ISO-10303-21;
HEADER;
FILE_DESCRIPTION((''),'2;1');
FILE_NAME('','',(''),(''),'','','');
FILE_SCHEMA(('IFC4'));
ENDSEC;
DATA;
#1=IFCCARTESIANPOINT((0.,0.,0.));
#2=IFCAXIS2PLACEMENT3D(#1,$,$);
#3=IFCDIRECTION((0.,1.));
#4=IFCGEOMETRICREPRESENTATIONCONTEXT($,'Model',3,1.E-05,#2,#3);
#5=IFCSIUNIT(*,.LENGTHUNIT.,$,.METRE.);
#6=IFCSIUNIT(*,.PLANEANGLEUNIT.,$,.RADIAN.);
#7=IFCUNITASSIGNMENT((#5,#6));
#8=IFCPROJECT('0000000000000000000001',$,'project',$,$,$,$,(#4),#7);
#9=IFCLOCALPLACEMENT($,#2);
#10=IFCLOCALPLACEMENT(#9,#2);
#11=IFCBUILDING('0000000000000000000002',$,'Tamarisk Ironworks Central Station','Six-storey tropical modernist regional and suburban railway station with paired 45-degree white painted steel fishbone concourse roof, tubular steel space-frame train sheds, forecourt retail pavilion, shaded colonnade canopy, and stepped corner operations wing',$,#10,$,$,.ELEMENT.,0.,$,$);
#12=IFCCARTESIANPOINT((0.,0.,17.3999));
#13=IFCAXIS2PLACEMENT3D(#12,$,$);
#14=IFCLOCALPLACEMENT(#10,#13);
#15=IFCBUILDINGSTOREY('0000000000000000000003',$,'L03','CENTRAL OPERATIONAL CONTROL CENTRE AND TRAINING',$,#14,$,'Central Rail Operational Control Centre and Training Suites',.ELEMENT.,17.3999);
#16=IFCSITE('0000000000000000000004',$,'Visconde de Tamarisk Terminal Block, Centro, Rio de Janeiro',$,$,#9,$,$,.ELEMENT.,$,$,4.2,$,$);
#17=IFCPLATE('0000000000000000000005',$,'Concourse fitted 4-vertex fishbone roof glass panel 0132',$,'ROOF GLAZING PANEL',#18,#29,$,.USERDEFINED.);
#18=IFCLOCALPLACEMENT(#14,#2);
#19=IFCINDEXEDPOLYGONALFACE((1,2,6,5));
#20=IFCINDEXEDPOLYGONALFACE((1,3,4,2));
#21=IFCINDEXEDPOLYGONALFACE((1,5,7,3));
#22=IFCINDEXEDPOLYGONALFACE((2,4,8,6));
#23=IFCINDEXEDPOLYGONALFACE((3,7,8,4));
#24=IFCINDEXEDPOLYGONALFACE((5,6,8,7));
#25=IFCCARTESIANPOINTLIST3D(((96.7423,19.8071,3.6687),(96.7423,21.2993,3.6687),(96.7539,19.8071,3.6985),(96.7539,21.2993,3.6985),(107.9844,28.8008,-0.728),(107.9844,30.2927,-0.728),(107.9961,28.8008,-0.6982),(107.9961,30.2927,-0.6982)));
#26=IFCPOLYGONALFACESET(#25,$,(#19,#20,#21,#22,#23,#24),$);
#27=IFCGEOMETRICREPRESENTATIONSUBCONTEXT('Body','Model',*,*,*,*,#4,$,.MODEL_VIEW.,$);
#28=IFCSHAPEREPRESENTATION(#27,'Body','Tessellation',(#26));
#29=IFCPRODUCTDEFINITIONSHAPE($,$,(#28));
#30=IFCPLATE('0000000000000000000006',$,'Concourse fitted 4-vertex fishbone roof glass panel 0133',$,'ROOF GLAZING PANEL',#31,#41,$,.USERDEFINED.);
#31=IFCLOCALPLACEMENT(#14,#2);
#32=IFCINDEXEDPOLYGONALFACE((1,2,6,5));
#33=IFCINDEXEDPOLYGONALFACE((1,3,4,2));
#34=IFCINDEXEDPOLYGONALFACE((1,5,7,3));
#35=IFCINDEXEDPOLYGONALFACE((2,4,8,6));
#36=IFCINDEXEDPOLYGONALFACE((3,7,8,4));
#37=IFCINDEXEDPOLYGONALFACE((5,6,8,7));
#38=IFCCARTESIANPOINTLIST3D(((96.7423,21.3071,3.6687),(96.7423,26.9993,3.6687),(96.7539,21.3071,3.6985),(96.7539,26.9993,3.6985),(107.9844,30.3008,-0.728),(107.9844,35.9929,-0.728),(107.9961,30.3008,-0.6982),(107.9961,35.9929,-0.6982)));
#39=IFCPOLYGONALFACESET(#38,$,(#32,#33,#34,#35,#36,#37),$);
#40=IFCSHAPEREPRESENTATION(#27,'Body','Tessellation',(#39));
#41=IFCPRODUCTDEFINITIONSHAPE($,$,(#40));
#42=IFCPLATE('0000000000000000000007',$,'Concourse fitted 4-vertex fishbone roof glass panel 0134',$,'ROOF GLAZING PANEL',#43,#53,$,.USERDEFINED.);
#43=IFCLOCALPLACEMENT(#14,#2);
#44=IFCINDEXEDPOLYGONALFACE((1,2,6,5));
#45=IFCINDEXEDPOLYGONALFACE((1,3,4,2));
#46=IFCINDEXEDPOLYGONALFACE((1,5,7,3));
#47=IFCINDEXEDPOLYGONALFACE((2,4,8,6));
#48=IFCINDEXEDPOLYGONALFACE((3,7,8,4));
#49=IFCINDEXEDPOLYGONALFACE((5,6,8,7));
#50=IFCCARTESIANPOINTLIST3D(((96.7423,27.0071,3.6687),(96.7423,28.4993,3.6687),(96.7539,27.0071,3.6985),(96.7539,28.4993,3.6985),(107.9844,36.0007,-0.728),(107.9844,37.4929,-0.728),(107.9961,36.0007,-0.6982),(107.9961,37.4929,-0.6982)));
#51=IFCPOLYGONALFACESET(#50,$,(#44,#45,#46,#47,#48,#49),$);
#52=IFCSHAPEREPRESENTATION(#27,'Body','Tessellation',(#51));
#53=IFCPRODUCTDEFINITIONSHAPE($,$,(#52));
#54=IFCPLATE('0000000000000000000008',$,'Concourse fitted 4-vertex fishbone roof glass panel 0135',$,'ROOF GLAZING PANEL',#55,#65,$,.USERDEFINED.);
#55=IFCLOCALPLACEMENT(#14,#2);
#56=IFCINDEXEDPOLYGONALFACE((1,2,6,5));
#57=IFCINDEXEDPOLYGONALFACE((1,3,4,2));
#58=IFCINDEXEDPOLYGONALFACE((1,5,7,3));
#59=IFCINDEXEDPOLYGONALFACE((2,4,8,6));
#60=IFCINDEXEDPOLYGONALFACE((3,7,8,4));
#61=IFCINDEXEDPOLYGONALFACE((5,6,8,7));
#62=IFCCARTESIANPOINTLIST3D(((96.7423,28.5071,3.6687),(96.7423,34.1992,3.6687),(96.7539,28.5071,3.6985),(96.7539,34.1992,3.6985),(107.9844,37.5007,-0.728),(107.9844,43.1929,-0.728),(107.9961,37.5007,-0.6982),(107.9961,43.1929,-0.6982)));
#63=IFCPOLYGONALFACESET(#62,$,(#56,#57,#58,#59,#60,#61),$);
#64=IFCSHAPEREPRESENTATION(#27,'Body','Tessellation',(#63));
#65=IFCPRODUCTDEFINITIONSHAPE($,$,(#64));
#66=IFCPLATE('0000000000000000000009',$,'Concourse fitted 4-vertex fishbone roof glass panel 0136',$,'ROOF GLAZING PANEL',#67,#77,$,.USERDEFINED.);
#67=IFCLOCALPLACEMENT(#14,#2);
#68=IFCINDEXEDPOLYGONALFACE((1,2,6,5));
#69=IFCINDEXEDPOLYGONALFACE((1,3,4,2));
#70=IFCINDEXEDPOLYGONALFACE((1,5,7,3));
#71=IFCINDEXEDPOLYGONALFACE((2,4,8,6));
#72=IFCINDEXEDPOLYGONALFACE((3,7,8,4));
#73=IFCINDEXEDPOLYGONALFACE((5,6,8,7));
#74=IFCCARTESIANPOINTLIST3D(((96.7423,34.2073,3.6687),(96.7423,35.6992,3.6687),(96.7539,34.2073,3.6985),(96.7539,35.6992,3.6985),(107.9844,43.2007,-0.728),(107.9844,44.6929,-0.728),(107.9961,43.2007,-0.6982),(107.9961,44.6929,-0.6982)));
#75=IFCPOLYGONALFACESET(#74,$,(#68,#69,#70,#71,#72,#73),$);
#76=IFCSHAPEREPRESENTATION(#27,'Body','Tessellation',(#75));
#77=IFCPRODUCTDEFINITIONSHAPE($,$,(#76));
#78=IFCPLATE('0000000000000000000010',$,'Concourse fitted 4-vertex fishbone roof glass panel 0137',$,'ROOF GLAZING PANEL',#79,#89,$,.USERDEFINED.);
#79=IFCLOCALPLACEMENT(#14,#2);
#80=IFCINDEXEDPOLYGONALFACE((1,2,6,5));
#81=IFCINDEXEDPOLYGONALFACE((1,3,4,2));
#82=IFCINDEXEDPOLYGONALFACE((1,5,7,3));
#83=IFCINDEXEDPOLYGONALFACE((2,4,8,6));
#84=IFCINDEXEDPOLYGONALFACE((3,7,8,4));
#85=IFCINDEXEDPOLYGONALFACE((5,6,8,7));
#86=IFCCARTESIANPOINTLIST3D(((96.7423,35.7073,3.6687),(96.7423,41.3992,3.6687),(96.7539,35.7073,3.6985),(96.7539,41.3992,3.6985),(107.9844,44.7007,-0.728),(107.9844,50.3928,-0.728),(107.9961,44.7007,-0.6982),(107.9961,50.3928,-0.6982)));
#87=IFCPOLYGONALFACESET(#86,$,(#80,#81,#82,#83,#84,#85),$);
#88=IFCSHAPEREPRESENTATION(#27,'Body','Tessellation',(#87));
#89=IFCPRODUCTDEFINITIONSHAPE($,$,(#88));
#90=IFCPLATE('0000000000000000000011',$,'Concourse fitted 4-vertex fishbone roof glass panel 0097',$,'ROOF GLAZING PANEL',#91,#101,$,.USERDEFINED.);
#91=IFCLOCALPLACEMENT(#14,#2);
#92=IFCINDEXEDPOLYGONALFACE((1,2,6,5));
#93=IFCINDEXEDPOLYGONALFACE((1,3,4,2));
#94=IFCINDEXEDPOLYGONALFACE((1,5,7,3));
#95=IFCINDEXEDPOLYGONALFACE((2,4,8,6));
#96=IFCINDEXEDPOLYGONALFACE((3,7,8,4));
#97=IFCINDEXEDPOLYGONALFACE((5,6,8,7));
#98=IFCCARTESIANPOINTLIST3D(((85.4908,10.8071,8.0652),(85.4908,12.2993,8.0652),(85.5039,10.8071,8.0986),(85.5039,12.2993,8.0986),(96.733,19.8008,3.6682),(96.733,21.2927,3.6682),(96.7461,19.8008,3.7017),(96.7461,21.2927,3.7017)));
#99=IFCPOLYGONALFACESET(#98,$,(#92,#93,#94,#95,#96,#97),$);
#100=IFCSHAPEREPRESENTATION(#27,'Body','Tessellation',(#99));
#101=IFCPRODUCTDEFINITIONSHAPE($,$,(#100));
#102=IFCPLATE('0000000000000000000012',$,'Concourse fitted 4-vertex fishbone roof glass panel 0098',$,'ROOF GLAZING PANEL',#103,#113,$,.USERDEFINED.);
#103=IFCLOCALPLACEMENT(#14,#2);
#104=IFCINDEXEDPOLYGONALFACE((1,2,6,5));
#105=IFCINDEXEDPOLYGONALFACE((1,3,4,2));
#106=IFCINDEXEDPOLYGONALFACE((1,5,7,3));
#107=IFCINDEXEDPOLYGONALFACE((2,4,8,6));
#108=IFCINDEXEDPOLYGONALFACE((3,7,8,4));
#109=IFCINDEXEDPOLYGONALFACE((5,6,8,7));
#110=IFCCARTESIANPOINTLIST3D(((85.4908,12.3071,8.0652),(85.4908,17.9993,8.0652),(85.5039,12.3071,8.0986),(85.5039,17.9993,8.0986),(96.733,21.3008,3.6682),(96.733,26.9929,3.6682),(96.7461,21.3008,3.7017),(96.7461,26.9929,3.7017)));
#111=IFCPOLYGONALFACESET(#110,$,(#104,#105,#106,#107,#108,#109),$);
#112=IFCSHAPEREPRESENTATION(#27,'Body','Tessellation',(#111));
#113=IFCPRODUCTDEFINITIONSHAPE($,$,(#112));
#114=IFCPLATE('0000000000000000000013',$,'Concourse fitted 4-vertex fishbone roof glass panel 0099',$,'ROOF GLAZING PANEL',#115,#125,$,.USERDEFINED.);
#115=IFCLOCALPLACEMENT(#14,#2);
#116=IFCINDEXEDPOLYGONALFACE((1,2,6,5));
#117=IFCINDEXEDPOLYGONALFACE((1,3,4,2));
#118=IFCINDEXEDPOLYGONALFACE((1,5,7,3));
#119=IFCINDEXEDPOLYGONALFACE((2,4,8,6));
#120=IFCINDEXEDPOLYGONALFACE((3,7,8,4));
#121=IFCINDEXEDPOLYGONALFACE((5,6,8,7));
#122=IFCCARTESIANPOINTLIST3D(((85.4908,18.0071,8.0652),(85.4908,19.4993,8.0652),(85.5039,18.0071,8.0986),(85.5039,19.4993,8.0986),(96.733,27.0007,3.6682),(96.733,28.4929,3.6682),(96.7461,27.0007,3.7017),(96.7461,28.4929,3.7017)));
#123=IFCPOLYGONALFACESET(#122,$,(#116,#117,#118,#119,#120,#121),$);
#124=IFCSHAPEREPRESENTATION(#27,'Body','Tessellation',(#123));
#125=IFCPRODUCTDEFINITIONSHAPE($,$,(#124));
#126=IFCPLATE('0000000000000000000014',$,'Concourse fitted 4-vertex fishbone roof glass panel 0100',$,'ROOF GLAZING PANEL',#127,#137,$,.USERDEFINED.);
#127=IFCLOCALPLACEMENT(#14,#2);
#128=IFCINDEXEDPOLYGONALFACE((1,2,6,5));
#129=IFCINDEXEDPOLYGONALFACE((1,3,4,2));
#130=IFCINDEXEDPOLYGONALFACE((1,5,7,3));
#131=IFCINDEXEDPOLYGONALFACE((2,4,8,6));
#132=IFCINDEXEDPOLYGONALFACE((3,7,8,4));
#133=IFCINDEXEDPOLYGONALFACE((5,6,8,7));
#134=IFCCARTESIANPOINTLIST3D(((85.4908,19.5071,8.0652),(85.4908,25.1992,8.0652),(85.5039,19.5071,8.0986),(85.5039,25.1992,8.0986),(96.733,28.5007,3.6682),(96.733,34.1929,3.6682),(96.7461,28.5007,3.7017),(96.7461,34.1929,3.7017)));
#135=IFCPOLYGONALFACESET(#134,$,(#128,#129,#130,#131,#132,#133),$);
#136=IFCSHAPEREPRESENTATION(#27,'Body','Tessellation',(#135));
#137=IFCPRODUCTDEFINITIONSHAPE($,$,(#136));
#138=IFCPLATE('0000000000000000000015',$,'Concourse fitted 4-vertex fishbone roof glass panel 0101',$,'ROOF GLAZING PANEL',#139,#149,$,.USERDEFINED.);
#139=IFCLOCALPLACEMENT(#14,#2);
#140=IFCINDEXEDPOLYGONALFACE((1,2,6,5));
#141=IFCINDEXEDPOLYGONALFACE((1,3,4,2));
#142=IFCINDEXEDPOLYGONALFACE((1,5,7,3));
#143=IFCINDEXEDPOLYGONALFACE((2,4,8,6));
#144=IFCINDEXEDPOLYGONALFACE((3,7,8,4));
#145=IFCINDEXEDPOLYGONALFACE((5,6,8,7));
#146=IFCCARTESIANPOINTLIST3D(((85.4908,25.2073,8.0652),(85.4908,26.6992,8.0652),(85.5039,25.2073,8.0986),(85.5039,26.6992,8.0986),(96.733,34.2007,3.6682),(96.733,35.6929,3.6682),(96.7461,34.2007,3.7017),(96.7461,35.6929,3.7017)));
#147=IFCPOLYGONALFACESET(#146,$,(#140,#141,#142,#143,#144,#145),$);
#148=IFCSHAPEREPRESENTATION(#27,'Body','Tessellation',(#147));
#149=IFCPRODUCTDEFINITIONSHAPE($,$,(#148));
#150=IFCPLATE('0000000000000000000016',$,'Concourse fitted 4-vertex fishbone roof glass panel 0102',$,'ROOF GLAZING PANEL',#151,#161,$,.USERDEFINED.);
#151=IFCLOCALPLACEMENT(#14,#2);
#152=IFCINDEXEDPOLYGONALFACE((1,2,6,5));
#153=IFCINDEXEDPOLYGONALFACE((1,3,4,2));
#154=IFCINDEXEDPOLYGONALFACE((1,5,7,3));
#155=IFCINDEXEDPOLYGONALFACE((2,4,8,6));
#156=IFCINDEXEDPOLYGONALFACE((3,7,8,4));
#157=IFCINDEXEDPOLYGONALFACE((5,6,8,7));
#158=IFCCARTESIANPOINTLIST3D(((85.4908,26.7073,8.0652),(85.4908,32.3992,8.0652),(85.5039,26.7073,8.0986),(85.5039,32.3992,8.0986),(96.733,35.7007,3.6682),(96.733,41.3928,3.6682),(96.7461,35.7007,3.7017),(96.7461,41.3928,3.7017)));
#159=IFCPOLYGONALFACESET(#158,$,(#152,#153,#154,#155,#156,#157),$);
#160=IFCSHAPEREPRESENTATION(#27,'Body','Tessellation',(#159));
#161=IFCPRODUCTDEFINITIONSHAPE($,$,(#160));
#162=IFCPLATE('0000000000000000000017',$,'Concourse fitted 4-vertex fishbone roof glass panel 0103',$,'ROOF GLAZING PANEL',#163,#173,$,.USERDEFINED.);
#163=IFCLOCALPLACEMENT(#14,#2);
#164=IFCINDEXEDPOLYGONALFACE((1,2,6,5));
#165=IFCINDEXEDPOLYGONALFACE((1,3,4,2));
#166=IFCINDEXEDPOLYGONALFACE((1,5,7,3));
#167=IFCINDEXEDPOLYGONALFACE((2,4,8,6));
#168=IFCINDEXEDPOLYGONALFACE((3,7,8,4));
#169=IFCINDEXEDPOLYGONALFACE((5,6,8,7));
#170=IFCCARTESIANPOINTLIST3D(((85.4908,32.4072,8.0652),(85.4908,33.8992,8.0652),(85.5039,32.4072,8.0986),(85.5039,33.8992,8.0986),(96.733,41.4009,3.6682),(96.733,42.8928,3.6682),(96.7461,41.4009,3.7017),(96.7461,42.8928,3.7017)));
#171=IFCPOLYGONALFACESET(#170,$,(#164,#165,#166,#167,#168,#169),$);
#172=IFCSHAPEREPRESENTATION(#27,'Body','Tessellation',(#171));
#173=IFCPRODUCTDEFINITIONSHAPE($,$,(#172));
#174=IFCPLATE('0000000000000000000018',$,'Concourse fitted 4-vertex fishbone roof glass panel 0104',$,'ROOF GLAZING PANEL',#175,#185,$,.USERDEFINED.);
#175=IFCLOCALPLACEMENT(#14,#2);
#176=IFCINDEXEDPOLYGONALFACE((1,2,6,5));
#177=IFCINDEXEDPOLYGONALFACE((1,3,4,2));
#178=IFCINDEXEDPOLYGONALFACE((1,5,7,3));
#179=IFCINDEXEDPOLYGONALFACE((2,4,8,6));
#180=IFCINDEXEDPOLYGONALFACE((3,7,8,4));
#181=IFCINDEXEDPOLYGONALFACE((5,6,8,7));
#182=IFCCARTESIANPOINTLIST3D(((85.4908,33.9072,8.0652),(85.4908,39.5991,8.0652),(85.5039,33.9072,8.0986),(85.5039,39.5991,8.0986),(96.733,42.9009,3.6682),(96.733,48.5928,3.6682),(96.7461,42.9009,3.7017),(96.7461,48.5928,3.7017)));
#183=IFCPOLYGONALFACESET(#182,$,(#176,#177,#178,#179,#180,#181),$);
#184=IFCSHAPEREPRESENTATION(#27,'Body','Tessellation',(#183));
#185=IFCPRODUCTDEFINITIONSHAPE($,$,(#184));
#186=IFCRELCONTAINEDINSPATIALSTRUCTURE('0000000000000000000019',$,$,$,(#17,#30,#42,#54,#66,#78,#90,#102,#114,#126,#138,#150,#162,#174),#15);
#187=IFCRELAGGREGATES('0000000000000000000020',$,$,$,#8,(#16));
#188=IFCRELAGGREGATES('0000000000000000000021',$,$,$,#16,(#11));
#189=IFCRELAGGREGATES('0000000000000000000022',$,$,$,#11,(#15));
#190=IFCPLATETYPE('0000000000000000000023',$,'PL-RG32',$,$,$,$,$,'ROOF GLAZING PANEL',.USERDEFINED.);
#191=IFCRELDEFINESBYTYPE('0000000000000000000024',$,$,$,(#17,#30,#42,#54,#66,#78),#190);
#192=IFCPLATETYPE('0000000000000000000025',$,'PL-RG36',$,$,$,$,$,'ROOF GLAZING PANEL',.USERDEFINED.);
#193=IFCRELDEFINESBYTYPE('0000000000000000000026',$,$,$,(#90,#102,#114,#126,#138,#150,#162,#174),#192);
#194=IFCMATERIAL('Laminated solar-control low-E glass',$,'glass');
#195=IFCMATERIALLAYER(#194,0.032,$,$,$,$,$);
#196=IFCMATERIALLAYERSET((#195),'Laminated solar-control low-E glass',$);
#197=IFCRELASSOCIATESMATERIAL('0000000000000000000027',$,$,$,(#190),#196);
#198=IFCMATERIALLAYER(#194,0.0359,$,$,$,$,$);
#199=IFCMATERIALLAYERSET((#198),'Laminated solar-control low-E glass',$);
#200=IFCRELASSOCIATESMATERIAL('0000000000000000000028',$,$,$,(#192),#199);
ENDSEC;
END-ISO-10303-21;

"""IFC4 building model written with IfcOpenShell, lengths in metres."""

from ifc_helpers import new_model, si_unit, direction, frame, origin, place, context, subcontext, project, spatial, polyline, outline, extrude, material, layer, layer_set, type_object, element, save


model = new_model("IFC4")

# Units and contexts
model_context = context("Model", 3, precision=1e-05, world=origin(), true_north=direction((0.0, 1.0)))
body_context = subcontext(model_context, "Body", "Model", "MODEL_VIEW")
ifc_project = project(units=[si_unit("LENGTHUNIT", "METRE"), si_unit("PLANEANGLEUNIT", "RADIAN")], contexts=[model_context])

# Site, building, storey
site_placement = place(None, origin())
site = spatial("IfcSite", under=ifc_project, at=site_placement, Name="Visconde de Tamarisk Terminal Block, Centro, Rio de Janeiro", CompositionType="ELEMENT", RefElevation=4.2)
building_placement = place(site_placement, origin())
building = spatial("IfcBuilding", under=site, at=building_placement, Name="Tamarisk Ironworks Central Station", Description="Six-storey tropical modernist regional and suburban railway station with paired 45-degree white painted steel fishbone concourse roof, tubular steel space-frame train sheds, forecourt retail pavilion, shaded colonnade canopy, and stepped corner operations wing", CompositionType="ELEMENT", ElevationOfRefHeight=0.0)
storey_placement = place(building_placement, frame((0.0, 0.0, 17.3999)))
storey = spatial("IfcBuildingStorey", under=building, at=storey_placement, Name="L03", Description="CENTRAL OPERATIONAL CONTROL CENTRE AND TRAINING", LongName="Central Rail Operational Control Centre and Training Suites", CompositionType="ELEMENT", Elevation=17.3999)

# Plates
ifc_material_1 = material(Name="Laminated solar-control low-E glass", Category="glass")
ifc_layer_1 = layer(ifc_material_1, 0.032)
ifc_layer_set_1 = layer_set([ifc_layer_1], Name="Laminated solar-control low-E glass")
plate_type_1 = type_object("IfcPlateType", Name="PL-RG32", ElementType="ROOF GLAZING PANEL", PredefinedType="USERDEFINED", material=ifc_layer_set_1)
plate_1_placement = place(storey_placement, frame((107.9961, 28.8008, -0.6982), z_axis=(0.364228, 0.0, 0.93131), x_axis=(0.0, 1.0, 0.0)))
element("IfcPlate", 1, at=plate_1_placement, inside=storey, type_object=plate_type_1, Name="Concourse fitted 4-vertex fishbone roof glass panel 0132", ObjectType="ROOF GLAZING PANEL", PredefinedType="USERDEFINED", context=body_context, shape_type="SweptSolid", body=[
    extrude(outline(polyline([(0.0, 0.0), (1.4919, 0.0), (-7.5015, 12.0714), (-8.9937, 12.0714), (0.0, 0.0)])), origin(), (0.0, 0.0, -1.0), 0.032),
])
plate_2_placement = place(storey_placement, frame((107.9961, 30.3008, -0.6982), z_axis=(0.364228, 0.0, 0.93131), x_axis=(0.0, 1.0, 0.0)))
element("IfcPlate", 2, at=plate_2_placement, inside=storey, type_object=plate_type_1, Name="Concourse fitted 4-vertex fishbone roof glass panel 0133", ObjectType="ROOF GLAZING PANEL", PredefinedType="USERDEFINED", context=body_context, shape_type="SweptSolid", body=[
    extrude(outline(polyline([(0.0, 0.0), (5.6921, 0.0), (-3.3015, 12.0714), (-8.9937, 12.0714), (0.0, 0.0)])), origin(), (0.0, 0.0, -1.0), 0.032),
])
plate_3_placement = place(storey_placement, frame((107.9961, 36.0007, -0.6982), z_axis=(0.364228, 0.0, 0.93131), x_axis=(0.0, 1.0, 0.0)))
element("IfcPlate", 3, at=plate_3_placement, inside=storey, type_object=plate_type_1, Name="Concourse fitted 4-vertex fishbone roof glass panel 0134", ObjectType="ROOF GLAZING PANEL", PredefinedType="USERDEFINED", context=body_context, shape_type="SweptSolid", body=[
    extrude(outline(polyline([(0.0, 0.0), (1.4922, 0.0), (-7.5015, 12.0714), (-8.9937, 12.0714), (0.0, 0.0)])), origin(), (0.0, 0.0, -1.0), 0.032),
])
plate_4_placement = place(storey_placement, frame((107.9961, 37.5007, -0.6982), z_axis=(0.364228, 0.0, 0.93131), x_axis=(0.0, 1.0, 0.0)))
element("IfcPlate", 4, at=plate_4_placement, inside=storey, type_object=plate_type_1, Name="Concourse fitted 4-vertex fishbone roof glass panel 0135", ObjectType="ROOF GLAZING PANEL", PredefinedType="USERDEFINED", context=body_context, shape_type="SweptSolid", body=[
    extrude(outline(polyline([(0.0, 0.0), (5.6921, 0.0), (-3.3015, 12.0714), (-8.9937, 12.0714), (0.0, 0.0)])), origin(), (0.0, 0.0, -1.0), 0.032),
])
plate_5_placement = place(storey_placement, frame((107.9961, 43.2007, -0.6982), z_axis=(0.364228, 0.0, 0.93131), x_axis=(0.0, 1.0, 0.0)))
element("IfcPlate", 5, at=plate_5_placement, inside=storey, type_object=plate_type_1, Name="Concourse fitted 4-vertex fishbone roof glass panel 0136", ObjectType="ROOF GLAZING PANEL", PredefinedType="USERDEFINED", context=body_context, shape_type="SweptSolid", body=[
    extrude(outline(polyline([(0.0, 0.0), (1.4922, 0.0), (-7.5015, 12.0714), (-8.9934, 12.0714), (0.0, 0.0)])), origin(), (0.0, 0.0, -1.0), 0.032),
])
plate_6_placement = place(storey_placement, frame((107.9961, 44.7007, -0.6982), z_axis=(0.364228, 0.0, 0.93131), x_axis=(0.0, 1.0, 0.0)))
element("IfcPlate", 6, at=plate_6_placement, inside=storey, type_object=plate_type_1, Name="Concourse fitted 4-vertex fishbone roof glass panel 0137", ObjectType="ROOF GLAZING PANEL", PredefinedType="USERDEFINED", context=body_context, shape_type="SweptSolid", body=[
    extrude(outline(polyline([(0.0, 0.0), (5.6921, 0.0), (-3.3015, 12.0714), (-8.9934, 12.0714), (0.0, 0.0)])), origin(), (0.0, 0.0, -1.0), 0.032),
])
ifc_layer_2 = layer(ifc_material_1, 0.0359)
ifc_layer_set_2 = layer_set([ifc_layer_2], Name="Laminated solar-control low-E glass")
plate_type_2 = type_object("IfcPlateType", Name="PL-RG36", ElementType="ROOF GLAZING PANEL", PredefinedType="USERDEFINED", material=ifc_layer_set_2)
plate_7_placement = place(storey_placement, frame((96.7461, 19.8008, 3.7017), z_axis=(0.364245, 0.0, 0.931303), x_axis=(0.0, 1.0, 0.0)))
element("IfcPlate", 7, at=plate_7_placement, inside=storey, type_object=plate_type_2, Name="Concourse fitted 4-vertex fishbone roof glass panel 0097", ObjectType="ROOF GLAZING PANEL", PredefinedType="USERDEFINED", context=body_context, shape_type="SweptSolid", body=[
    extrude(outline(polyline([(0.0, 0.0), (1.4919, 0.0), (-7.5015, 12.0715), (-8.9937, 12.0715), (0.0, 0.0)])), origin(), (0.0, 0.0, -1.0), 0.0359),
])
plate_8_placement = place(storey_placement, frame((96.7461, 21.3008, 3.7017), z_axis=(0.364245, 0.0, 0.931303), x_axis=(0.0, 1.0, 0.0)))
element("IfcPlate", 8, at=plate_8_placement, inside=storey, type_object=plate_type_2, Name="Concourse fitted 4-vertex fishbone roof glass panel 0098", ObjectType="ROOF GLAZING PANEL", PredefinedType="USERDEFINED", context=body_context, shape_type="SweptSolid", body=[
    extrude(outline(polyline([(0.0, 0.0), (5.6921, 0.0), (-3.3015, 12.0715), (-8.9937, 12.0715), (0.0, 0.0)])), origin(), (0.0, 0.0, -1.0), 0.0359),
])
plate_9_placement = place(storey_placement, frame((96.7461, 27.0007, 3.7017), z_axis=(0.364245, 0.0, 0.931303), x_axis=(0.0, 1.0, 0.0)))
element("IfcPlate", 9, at=plate_9_placement, inside=storey, type_object=plate_type_2, Name="Concourse fitted 4-vertex fishbone roof glass panel 0099", ObjectType="ROOF GLAZING PANEL", PredefinedType="USERDEFINED", context=body_context, shape_type="SweptSolid", body=[
    extrude(outline(polyline([(0.0, 0.0), (1.4922, 0.0), (-7.5015, 12.0715), (-8.9937, 12.0715), (0.0, 0.0)])), origin(), (0.0, 0.0, -1.0), 0.0359),
])
plate_10_placement = place(storey_placement, frame((96.7461, 28.5007, 3.7017), z_axis=(0.364245, 0.0, 0.931303), x_axis=(0.0, 1.0, 0.0)))
element("IfcPlate", 10, at=plate_10_placement, inside=storey, type_object=plate_type_2, Name="Concourse fitted 4-vertex fishbone roof glass panel 0100", ObjectType="ROOF GLAZING PANEL", PredefinedType="USERDEFINED", context=body_context, shape_type="SweptSolid", body=[
    extrude(outline(polyline([(0.0, 0.0), (5.6921, 0.0), (-3.3015, 12.0715), (-8.9937, 12.0715), (0.0, 0.0)])), origin(), (0.0, 0.0, -1.0), 0.0359),
])
plate_11_placement = place(storey_placement, frame((96.7461, 34.2007, 3.7017), z_axis=(0.364245, 0.0, 0.931303), x_axis=(0.0, 1.0, 0.0)))
element("IfcPlate", 11, at=plate_11_placement, inside=storey, type_object=plate_type_2, Name="Concourse fitted 4-vertex fishbone roof glass panel 0101", ObjectType="ROOF GLAZING PANEL", PredefinedType="USERDEFINED", context=body_context, shape_type="SweptSolid", body=[
    extrude(outline(polyline([(0.0, 0.0), (1.4922, 0.0), (-7.5015, 12.0715), (-8.9934, 12.0715), (0.0, 0.0)])), origin(), (0.0, 0.0, -1.0), 0.0359),
])
plate_12_placement = place(storey_placement, frame((96.7461, 35.7007, 3.7017), z_axis=(0.364245, 0.0, 0.931303), x_axis=(0.0, 1.0, 0.0)))
element("IfcPlate", 12, at=plate_12_placement, inside=storey, type_object=plate_type_2, Name="Concourse fitted 4-vertex fishbone roof glass panel 0102", ObjectType="ROOF GLAZING PANEL", PredefinedType="USERDEFINED", context=body_context, shape_type="SweptSolid", body=[
    extrude(outline(polyline([(0.0, 0.0), (5.6921, 0.0), (-3.3015, 12.0715), (-8.9934, 12.0715), (0.0, 0.0)])), origin(), (0.0, 0.0, -1.0), 0.0359),
])
plate_13_placement = place(storey_placement, frame((96.7461, 41.4009, 3.7017), z_axis=(0.364245, 0.0, 0.931303), x_axis=(0.0, 1.0, 0.0)))
element("IfcPlate", 13, at=plate_13_placement, inside=storey, type_object=plate_type_2, Name="Concourse fitted 4-vertex fishbone roof glass panel 0103", ObjectType="ROOF GLAZING PANEL", PredefinedType="USERDEFINED", context=body_context, shape_type="SweptSolid", body=[
    extrude(outline(polyline([(0.0, 0.0), (1.4919, 0.0), (-7.5017, 12.0715), (-8.9937, 12.0715), (0.0, 0.0)])), origin(), (0.0, 0.0, -1.0), 0.0359),
])
plate_14_placement = place(storey_placement, frame((96.7461, 42.9009, 3.7017), z_axis=(0.364245, 0.0, 0.931303), x_axis=(0.0, 1.0, 0.0)))
element("IfcPlate", 14, at=plate_14_placement, inside=storey, type_object=plate_type_2, Name="Concourse fitted 4-vertex fishbone roof glass panel 0104", ObjectType="ROOF GLAZING PANEL", PredefinedType="USERDEFINED", context=body_context, shape_type="SweptSolid", body=[
    extrude(outline(polyline([(0.0, 0.0), (5.6919, 0.0), (-3.3018, 12.0715), (-8.9937, 12.0715), (0.0, 0.0)])), origin(), (0.0, 0.0, -1.0), 0.0359),
])

save(model, "model.ifc")
